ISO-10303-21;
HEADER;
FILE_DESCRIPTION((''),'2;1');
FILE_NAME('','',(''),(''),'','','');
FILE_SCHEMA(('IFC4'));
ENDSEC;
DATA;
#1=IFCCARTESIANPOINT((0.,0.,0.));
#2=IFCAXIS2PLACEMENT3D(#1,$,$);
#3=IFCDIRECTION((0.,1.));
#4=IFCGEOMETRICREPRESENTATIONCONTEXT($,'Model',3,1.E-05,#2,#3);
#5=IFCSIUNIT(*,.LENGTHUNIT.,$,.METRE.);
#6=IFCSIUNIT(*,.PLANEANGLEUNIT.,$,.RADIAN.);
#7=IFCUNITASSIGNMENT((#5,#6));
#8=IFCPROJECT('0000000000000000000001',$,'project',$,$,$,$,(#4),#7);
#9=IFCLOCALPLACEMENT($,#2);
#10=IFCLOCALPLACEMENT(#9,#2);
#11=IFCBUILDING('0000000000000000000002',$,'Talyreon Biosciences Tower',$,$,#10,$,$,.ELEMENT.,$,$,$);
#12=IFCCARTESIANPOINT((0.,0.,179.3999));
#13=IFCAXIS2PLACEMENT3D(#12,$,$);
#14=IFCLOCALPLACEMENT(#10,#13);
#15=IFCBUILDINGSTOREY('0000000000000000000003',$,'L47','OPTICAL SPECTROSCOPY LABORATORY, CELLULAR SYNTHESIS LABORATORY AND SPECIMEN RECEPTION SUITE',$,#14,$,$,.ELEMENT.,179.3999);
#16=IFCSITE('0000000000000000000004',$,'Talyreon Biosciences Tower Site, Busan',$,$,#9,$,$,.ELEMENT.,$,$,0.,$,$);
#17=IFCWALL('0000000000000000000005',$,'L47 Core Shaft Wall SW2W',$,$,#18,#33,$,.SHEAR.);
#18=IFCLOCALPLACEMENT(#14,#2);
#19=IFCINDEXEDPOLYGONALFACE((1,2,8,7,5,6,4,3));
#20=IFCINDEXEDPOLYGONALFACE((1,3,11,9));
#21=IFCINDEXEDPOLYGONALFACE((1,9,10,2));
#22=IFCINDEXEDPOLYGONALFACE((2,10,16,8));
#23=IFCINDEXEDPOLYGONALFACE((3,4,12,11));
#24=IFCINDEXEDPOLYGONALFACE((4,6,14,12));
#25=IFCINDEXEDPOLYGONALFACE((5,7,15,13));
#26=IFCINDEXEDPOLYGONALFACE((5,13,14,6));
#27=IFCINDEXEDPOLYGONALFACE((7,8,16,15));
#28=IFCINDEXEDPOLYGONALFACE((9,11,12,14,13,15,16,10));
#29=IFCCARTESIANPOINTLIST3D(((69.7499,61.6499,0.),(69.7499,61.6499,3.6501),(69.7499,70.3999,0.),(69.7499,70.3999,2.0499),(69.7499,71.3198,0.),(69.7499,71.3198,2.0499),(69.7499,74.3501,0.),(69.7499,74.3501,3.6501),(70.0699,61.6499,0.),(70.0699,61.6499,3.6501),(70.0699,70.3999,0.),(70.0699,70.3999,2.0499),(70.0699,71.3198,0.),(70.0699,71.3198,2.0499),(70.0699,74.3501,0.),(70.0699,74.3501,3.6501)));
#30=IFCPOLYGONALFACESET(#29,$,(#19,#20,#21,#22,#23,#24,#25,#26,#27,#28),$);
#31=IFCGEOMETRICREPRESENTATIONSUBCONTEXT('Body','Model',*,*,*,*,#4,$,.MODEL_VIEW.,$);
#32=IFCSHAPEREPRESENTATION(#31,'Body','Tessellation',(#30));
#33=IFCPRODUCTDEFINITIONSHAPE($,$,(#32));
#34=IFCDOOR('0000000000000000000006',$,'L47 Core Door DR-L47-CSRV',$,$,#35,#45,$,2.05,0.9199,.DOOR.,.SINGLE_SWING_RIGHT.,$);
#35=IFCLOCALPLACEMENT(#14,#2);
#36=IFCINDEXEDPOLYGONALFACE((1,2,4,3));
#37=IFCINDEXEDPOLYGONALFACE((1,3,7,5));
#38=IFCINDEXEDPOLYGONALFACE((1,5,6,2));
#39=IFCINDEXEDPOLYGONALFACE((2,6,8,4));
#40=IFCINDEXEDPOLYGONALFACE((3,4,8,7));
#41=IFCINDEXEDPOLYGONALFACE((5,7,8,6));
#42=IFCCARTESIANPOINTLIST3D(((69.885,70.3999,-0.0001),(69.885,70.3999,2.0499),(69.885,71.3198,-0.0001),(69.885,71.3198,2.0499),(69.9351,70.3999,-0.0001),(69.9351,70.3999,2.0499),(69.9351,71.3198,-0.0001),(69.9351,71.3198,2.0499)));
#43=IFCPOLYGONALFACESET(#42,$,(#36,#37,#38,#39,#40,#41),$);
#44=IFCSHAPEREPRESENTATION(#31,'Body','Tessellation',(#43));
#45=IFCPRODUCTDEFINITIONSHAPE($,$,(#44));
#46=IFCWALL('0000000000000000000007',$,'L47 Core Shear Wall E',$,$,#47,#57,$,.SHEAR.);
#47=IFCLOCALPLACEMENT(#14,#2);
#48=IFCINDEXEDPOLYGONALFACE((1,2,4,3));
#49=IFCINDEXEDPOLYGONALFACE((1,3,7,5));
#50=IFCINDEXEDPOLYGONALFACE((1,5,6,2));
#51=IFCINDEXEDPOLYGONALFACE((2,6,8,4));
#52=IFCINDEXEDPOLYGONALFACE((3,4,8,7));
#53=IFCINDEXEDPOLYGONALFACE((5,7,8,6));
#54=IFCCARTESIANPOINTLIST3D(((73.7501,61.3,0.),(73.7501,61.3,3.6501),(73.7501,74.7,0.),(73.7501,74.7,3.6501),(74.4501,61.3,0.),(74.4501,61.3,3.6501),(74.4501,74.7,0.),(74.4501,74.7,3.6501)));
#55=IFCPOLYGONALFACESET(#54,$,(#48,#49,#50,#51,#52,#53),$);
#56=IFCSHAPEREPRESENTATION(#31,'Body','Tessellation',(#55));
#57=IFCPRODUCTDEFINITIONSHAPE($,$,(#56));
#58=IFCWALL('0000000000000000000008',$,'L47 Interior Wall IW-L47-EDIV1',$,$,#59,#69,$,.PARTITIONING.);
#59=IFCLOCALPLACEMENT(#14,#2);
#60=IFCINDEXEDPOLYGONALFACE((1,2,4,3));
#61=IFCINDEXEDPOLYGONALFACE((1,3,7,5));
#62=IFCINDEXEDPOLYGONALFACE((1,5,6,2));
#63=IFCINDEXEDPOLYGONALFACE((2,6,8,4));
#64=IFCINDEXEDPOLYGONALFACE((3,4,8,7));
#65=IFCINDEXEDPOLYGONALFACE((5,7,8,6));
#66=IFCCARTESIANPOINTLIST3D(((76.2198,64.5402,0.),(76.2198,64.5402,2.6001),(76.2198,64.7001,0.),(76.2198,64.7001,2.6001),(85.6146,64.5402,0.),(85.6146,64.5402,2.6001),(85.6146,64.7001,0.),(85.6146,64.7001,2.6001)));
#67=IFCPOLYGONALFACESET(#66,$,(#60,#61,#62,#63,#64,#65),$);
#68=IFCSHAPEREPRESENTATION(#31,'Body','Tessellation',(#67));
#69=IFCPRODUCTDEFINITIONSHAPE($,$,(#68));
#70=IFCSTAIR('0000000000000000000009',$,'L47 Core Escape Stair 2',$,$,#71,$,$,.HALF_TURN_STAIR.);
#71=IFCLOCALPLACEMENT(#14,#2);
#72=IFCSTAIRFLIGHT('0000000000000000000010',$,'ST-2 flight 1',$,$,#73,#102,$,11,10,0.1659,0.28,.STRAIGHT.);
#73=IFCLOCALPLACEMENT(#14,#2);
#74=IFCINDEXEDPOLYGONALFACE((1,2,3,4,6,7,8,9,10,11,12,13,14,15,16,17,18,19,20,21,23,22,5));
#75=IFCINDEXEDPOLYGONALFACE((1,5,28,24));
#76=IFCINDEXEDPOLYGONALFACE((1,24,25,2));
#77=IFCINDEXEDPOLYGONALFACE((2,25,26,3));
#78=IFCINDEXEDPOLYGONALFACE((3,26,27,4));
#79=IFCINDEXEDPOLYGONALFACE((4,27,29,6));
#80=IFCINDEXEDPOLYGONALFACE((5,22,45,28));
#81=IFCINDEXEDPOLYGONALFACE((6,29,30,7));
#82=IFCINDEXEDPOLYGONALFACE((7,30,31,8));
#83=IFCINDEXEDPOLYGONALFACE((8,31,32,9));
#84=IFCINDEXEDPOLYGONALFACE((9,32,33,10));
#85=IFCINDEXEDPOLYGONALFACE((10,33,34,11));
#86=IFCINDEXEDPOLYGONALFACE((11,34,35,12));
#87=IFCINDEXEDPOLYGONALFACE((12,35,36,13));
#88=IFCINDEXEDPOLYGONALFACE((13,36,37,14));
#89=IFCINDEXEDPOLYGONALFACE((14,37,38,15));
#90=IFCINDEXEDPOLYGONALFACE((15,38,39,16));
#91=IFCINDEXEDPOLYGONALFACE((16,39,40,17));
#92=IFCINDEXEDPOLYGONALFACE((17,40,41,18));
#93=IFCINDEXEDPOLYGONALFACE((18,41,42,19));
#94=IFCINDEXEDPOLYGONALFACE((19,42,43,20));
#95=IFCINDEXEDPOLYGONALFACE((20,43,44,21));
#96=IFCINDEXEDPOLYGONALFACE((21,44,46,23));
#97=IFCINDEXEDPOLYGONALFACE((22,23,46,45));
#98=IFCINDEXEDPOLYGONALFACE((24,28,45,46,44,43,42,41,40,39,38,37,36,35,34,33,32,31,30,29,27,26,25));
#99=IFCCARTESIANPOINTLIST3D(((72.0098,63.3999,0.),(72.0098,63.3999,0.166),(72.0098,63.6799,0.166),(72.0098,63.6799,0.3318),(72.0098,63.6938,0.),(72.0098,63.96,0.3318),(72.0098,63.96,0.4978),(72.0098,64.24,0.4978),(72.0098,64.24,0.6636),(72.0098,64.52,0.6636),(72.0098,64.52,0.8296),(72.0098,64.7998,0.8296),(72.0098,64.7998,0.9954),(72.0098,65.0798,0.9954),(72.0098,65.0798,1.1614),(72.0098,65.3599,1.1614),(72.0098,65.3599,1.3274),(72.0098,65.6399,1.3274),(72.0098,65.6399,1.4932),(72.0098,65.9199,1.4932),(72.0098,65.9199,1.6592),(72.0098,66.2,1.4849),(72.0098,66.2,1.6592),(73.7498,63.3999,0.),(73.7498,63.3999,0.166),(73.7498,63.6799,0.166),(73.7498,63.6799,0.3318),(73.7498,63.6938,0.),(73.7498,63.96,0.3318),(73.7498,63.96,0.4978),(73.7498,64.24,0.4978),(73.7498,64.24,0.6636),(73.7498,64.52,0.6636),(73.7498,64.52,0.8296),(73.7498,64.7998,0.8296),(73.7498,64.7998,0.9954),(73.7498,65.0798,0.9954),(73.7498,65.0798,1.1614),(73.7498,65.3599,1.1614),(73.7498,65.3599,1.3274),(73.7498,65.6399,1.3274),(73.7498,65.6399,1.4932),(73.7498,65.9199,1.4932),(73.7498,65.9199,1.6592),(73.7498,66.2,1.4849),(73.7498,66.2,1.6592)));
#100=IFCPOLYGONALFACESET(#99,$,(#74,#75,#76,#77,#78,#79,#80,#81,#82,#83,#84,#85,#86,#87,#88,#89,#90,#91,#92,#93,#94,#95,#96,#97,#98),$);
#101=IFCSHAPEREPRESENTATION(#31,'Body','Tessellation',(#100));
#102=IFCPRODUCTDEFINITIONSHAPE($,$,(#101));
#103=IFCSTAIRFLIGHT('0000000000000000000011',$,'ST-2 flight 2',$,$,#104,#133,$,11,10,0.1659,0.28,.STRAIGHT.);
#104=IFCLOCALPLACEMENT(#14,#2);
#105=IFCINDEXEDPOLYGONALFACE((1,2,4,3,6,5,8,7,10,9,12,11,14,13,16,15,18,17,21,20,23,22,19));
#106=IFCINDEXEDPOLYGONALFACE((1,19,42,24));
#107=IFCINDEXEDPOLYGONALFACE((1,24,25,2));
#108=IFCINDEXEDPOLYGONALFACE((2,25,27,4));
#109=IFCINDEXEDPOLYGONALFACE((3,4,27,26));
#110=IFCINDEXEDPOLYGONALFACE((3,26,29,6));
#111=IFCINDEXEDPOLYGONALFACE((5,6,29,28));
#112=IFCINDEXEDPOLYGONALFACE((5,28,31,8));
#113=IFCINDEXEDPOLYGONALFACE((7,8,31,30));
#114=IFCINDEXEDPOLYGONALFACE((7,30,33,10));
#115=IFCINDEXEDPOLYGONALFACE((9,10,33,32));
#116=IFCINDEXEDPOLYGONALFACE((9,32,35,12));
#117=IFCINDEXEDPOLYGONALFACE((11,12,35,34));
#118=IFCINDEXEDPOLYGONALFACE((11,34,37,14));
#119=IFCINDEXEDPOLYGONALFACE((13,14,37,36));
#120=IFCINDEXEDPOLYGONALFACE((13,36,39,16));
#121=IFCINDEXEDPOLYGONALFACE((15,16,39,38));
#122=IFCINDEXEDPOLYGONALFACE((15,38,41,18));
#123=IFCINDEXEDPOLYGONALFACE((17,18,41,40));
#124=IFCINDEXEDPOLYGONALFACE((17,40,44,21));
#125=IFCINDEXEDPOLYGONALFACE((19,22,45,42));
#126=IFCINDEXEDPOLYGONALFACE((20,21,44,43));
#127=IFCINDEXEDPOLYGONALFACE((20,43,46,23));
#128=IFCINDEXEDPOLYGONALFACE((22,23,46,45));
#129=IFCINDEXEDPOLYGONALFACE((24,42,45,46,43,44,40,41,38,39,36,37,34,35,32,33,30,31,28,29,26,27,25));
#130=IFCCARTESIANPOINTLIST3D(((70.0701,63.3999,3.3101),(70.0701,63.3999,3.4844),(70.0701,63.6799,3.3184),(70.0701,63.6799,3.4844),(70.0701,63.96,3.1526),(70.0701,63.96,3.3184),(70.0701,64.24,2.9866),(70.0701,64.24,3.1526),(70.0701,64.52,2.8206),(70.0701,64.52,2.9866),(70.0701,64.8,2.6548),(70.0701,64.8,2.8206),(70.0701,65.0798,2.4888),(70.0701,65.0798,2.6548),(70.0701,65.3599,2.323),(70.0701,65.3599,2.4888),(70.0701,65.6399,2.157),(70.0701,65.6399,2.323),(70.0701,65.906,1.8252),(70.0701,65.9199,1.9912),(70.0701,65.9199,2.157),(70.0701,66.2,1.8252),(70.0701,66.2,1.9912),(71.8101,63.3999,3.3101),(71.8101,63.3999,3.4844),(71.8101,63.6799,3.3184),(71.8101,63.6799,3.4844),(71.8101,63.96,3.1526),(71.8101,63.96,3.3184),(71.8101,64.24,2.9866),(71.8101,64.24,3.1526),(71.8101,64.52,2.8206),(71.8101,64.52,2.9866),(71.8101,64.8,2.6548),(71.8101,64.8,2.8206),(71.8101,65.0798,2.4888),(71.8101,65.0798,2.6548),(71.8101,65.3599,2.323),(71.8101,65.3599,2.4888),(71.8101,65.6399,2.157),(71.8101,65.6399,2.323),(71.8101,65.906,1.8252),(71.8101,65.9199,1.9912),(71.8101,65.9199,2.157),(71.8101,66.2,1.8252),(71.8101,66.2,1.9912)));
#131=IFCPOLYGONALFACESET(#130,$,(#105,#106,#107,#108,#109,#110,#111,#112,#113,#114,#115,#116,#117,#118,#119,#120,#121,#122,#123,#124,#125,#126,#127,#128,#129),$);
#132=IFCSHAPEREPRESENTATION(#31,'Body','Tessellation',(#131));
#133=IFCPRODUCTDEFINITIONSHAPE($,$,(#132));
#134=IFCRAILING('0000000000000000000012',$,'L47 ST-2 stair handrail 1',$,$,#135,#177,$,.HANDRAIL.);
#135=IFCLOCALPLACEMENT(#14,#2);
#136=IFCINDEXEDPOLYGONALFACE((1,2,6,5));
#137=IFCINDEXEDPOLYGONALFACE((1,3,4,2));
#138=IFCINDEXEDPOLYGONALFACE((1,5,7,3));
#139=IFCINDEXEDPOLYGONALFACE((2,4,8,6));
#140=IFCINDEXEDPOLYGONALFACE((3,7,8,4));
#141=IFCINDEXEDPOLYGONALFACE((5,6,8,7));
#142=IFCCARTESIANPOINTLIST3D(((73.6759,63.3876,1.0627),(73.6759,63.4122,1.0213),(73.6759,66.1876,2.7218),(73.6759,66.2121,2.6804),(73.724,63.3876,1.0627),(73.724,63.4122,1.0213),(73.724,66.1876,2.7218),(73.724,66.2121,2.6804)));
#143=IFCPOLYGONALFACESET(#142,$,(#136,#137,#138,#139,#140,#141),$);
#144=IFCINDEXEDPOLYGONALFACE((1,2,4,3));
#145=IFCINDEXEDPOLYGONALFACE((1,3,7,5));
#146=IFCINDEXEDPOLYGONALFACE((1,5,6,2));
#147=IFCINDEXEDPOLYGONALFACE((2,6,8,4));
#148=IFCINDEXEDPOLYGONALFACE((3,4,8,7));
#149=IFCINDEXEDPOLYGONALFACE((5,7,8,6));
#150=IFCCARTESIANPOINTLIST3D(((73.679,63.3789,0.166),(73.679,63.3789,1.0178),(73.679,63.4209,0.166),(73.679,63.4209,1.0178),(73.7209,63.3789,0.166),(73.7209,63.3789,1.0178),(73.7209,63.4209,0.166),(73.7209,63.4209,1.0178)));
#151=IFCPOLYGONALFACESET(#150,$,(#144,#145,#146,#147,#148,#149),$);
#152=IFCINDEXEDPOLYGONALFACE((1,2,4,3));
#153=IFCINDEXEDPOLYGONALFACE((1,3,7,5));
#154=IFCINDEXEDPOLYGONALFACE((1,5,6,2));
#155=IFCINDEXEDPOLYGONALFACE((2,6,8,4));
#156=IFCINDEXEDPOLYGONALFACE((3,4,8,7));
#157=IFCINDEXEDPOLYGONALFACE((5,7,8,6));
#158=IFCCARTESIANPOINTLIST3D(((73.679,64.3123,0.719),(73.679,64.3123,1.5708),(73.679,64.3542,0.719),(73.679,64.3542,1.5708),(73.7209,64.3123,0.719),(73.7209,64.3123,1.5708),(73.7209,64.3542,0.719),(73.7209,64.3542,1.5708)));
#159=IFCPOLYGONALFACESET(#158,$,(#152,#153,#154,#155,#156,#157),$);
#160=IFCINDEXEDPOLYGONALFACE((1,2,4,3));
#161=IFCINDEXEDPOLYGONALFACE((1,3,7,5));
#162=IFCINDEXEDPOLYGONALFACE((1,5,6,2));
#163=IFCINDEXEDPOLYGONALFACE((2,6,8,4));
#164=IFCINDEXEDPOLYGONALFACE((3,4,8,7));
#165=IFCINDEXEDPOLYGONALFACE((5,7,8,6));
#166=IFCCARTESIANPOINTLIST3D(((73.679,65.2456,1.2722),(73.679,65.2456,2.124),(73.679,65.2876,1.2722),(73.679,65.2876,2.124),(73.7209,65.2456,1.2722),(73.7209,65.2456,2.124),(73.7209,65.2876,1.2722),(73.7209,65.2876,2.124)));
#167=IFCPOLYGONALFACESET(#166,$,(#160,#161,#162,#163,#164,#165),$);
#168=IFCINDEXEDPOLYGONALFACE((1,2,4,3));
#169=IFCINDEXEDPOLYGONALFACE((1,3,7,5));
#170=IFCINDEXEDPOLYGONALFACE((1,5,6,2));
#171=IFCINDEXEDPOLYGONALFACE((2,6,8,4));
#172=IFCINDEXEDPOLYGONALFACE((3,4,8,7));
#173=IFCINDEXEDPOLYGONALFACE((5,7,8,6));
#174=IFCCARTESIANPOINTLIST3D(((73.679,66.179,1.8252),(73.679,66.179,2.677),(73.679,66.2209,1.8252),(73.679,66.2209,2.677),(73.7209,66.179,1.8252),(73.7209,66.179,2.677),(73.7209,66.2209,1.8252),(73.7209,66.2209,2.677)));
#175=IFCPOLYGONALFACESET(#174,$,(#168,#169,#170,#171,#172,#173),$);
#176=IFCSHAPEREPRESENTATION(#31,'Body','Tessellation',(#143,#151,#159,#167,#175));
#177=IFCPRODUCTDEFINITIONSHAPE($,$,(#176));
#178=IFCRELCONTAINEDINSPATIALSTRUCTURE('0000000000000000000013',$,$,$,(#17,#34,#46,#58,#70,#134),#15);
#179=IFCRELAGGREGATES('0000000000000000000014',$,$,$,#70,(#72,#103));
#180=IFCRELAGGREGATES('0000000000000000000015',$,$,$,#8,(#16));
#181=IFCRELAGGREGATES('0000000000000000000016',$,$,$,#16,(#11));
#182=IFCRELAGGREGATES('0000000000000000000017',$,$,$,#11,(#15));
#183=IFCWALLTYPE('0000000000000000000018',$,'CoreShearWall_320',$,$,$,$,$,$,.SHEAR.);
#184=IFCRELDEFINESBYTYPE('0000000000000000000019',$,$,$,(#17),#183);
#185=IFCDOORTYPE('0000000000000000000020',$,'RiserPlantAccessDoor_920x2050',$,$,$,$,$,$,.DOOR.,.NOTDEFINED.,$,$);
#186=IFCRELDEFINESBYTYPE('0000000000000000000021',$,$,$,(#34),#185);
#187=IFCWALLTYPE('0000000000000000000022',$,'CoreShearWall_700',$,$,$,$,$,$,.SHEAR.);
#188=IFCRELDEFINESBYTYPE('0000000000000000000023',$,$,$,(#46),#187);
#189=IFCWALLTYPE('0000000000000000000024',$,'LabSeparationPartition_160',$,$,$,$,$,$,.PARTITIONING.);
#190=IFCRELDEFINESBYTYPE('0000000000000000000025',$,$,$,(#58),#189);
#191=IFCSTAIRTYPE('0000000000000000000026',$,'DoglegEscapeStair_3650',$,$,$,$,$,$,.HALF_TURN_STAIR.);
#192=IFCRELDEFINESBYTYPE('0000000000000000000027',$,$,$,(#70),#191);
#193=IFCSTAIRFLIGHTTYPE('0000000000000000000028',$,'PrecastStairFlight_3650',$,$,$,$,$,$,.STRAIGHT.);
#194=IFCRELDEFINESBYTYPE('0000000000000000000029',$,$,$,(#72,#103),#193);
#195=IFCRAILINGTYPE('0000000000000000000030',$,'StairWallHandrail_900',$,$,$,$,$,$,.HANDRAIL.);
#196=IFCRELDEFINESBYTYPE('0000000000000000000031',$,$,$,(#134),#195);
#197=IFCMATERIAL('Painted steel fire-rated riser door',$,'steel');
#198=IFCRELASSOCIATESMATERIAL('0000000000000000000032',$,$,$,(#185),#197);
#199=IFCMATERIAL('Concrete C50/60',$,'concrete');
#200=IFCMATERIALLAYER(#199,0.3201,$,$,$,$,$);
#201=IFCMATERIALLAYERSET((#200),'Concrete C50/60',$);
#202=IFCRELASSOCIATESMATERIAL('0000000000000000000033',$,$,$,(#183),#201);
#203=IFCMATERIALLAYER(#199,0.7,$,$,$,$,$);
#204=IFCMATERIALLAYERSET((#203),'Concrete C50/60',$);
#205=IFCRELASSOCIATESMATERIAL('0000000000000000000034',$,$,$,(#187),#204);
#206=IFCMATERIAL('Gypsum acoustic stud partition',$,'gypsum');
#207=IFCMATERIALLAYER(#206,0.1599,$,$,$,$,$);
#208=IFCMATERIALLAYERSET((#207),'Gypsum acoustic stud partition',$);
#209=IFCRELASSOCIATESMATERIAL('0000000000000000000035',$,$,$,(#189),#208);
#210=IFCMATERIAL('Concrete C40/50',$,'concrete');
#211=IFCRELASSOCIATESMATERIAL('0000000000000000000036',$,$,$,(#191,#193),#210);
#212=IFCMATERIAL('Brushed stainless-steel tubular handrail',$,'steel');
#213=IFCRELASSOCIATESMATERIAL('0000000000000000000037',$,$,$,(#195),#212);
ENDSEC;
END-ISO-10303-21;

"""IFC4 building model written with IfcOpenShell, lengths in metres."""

from ifc_helpers import new_model, si_unit, direction, frame, frame_2d, origin, origin_2d, place, context, subcontext, project, spatial, polyline, rectangle, outline, extrude, material, layer, layer_set, type_object, element, fill, aggregate, save


model = new_model("IFC4")

# Units and contexts
model_context = context("Model", 3, precision=1e-05, world=origin(), true_north=direction((0.0, 1.0)))
body_context = subcontext(model_context, "Body", "Model", "MODEL_VIEW")
ifc_project = project(units=[si_unit("LENGTHUNIT", "METRE"), si_unit("PLANEANGLEUNIT", "RADIAN")], contexts=[model_context])

# Site, building, storey
site_placement = place(None, origin())
site = spatial("IfcSite", under=ifc_project, at=site_placement, Name="Talyreon Biosciences Tower Site, Busan", CompositionType="ELEMENT", RefElevation=0.0)
building_placement = place(site_placement, origin())
building = spatial("IfcBuilding", under=site, at=building_placement, Name="Talyreon Biosciences Tower", CompositionType="ELEMENT")
storey_placement = place(building_placement, frame((0.0, 0.0, 179.3999)))
storey = spatial("IfcBuildingStorey", under=building, at=storey_placement, Name="L47", Description="OPTICAL SPECTROSCOPY LABORATORY, CELLULAR SYNTHESIS LABORATORY AND SPECIMEN RECEPTION SUITE", CompositionType="ELEMENT", Elevation=179.3999)

# Shared definitions
ifc_material_1 = material(Name="Concrete C50/60", Category="concrete")

# Wall, opening, door
ifc_material_2 = material(Name="Painted steel fire-rated riser door", Category="steel")
door_type = type_object("IfcDoorType", Name="RiserPlantAccessDoor_920x2050", OperationType="NOTDEFINED", PredefinedType="DOOR", material=ifc_material_2)
ifc_layer_1 = layer(ifc_material_1, 0.3201)
ifc_layer_set_1 = layer_set([ifc_layer_1], Name="Concrete C50/60")
wall_type_1 = type_object("IfcWallType", Name="CoreShearWall_320", PredefinedType="SHEAR", material=ifc_layer_set_1)
wall_1_placement = place(storey_placement, frame((69.9099, 61.6499, 0.0), z_axis=(0.0, 0.0, 1.0), x_axis=(0.0, 1.0, 0.0)))
wall_1 = element("IfcWall", 1, at=wall_1_placement, inside=storey, type_object=wall_type_1, Name="L47 Core Shaft Wall SW2W", PredefinedType="SHEAR", context=body_context, shape_type="SweptSolid", body=[
    extrude(rectangle(XDim=12.7002, YDim=0.3201, at=frame_2d((6.3501, 0.0))), origin(), (0.0, 0.0, 1.0), 3.6501),
])
opening_1_placement = place(wall_1_placement, frame((8.75, 0.0, 0.0)))
opening_1 = element("IfcOpeningElement", 2, at=opening_1_placement, cuts=wall_1, PredefinedType="OPENING", context=body_context, shape_type="SweptSolid", body=[
    extrude(rectangle(XDim=0.9199, YDim=2.05, at=frame_2d((0.46, 1.0249))), frame((0.0, 0.1699, 0.0), z_axis=(0.0, -1.0, 0.0), x_axis=(1.0, 0.0, 0.0)), (0.0, 0.0, 1.0), 0.3401),
])
door_1_placement = place(opening_1_placement, origin())
door_1 = element("IfcDoor", 3, at=door_1_placement, inside=storey, type_object=door_type, Name="L47 Core Door DR-L47-CSRV", OperationType="SINGLE_SWING_RIGHT", OverallHeight=2.05, OverallWidth=0.9199, PredefinedType="DOOR", context=body_context, shape_type="SweptSolid", body=[
    extrude(rectangle(XDim=0.9199, YDim=2.05, at=frame_2d((0.46, 1.0249))), frame((0.0, 0.0249, 0.0), z_axis=(0.0, -1.0, 0.0), x_axis=(1.0, 0.0, 0.0)), (0.0, 0.0, 1.0), 0.05),
])
fill(opening_1, door_1)

# Walls
ifc_layer_2 = layer(ifc_material_1, 0.7)
ifc_layer_set_2 = layer_set([ifc_layer_2], Name="Concrete C50/60")
wall_type_2 = type_object("IfcWallType", Name="CoreShearWall_700", PredefinedType="SHEAR", material=ifc_layer_set_2)
wall_2_placement = place(storey_placement, frame((74.1001, 61.3, 0.0), z_axis=(0.0, 0.0, 1.0), x_axis=(0.0, 1.0, 0.0)))
element("IfcWall", 4, at=wall_2_placement, inside=storey, type_object=wall_type_2, Name="L47 Core Shear Wall E", PredefinedType="SHEAR", context=body_context, shape_type="SweptSolid", body=[
    extrude(rectangle(XDim=13.3999, YDim=0.7, at=frame_2d((6.7, 0.0))), origin(), (0.0, 0.0, 1.0), 3.6501),
])
ifc_material_3 = material(Name="Gypsum acoustic stud partition", Category="gypsum")
ifc_layer_3 = layer(ifc_material_3, 0.1599)
ifc_layer_set_3 = layer_set([ifc_layer_3], Name="Gypsum acoustic stud partition")
wall_type_3 = type_object("IfcWallType", Name="LabSeparationPartition_160", PredefinedType="PARTITIONING", material=ifc_layer_set_3)
wall_3_placement = place(storey_placement, frame((76.22, 64.6201, 0.0), z_axis=(0.0, 0.0, 1.0), x_axis=(1.0, 0.0, 0.0)))
element("IfcWall", 5, at=wall_3_placement, inside=storey, type_object=wall_type_3, Name="L47 Interior Wall IW-L47-EDIV1", PredefinedType="PARTITIONING", context=body_context, shape_type="SweptSolid", body=[
    extrude(rectangle(XDim=9.3948, YDim=0.1599, at=frame_2d((4.6973, 0.0))), origin(), (0.0, 0.0, 1.0), 2.6001),
])

# Stair, stair flights
ifc_material_4 = material(Name="Concrete C40/50", Category="concrete")
stair_type = type_object("IfcStairType", Name="DoglegEscapeStair_3650", PredefinedType="HALF_TURN_STAIR", material=ifc_material_4)
stair_placement = place(storey_placement, origin())
stair = element("IfcStair", 6, at=stair_placement, inside=storey, type_object=stair_type, Name="L47 Core Escape Stair 2", PredefinedType="HALF_TURN_STAIR")
stair_flight_type = type_object("IfcStairFlightType", Name="PrecastStairFlight_3650", PredefinedType="STRAIGHT", material=ifc_material_4)
stair_flight_1_placement = place(storey_placement, frame((72.8799, 63.3999, 0.0), z_axis=(0.0, 0.0, 1.0), x_axis=(0.0, 1.0, 0.0)))
stair_flight_1 = element("IfcStairFlight", 7, at=stair_flight_1_placement, type_object=stair_flight_type, Name="ST-2 flight 1", NumberOfRisers=11, NumberOfTreads=10, PredefinedType="STRAIGHT", RiserHeight=0.1659, TreadLength=0.28, context=body_context, shape_type="SweptSolid", body=[
    extrude(outline(polyline([(0.0, 0.0), (0.0, 0.166), (0.28, 0.166), (0.28, 0.3318), (0.5601, 0.3318), (0.5601, 0.4978), (0.8401, 0.4978), (0.8401, 0.6636), (1.1201, 0.6636), (1.1201, 0.8296), (1.3999, 0.8296), (1.3999, 0.9954), (1.6799, 0.9954), (1.6799, 1.1614), (1.96, 1.1614), (1.96, 1.3274), (2.24, 1.3274), (2.24, 1.4932), (2.52, 1.4932), (2.52, 1.6592), (2.8, 1.6592), (2.8, 1.825), (2.8, 1.4849), (0.2939, 0.0), (0.0, 0.0)])), frame((0.0, 0.8701, 0.0), z_axis=(0.0, -1.0, 0.0), x_axis=(1.0, 0.0, 0.0)), (0.0, 0.0, 1.0), 1.74),
])
stair_flight_2_placement = place(storey_placement, frame((70.9399, 66.2, 1.8252), z_axis=(0.0, 0.0, 1.0), x_axis=(0.0, -1.0, 0.0)))
stair_flight_2 = element("IfcStairFlight", 8, at=stair_flight_2_placement, type_object=stair_flight_type, Name="ST-2 flight 2", NumberOfRisers=11, NumberOfTreads=10, PredefinedType="STRAIGHT", RiserHeight=0.1659, TreadLength=0.28, context=body_context, shape_type="SweptSolid", body=[
    extrude(outline(polyline([(0.0, 0.0), (0.0, 0.166), (0.28, 0.166), (0.28, 0.3318), (0.5601, 0.3318), (0.5601, 0.4978), (0.8401, 0.4978), (0.8401, 0.6636), (1.1201, 0.6636), (1.1201, 0.8296), (1.3999, 0.8296), (1.3999, 0.9954), (1.6799, 0.9954), (1.6799, 1.1614), (1.96, 1.1614), (1.96, 1.3274), (2.24, 1.3274), (2.24, 1.4932), (2.52, 1.4932), (2.52, 1.6592), (2.8, 1.6592), (2.8, 1.825), (2.8, 1.4849), (0.2939, 0.0), (0.0, 0.0)])), frame((0.0, 0.8701, 0.0), z_axis=(0.0, -1.0, 0.0), x_axis=(1.0, 0.0, 0.0)), (0.0, 0.0, 1.0), 1.74),
])
aggregate(stair, [stair_flight_1, stair_flight_2])

# Railing
ifc_material_5 = material(Name="Brushed stainless-steel tubular handrail", Category="steel")
railing_type_1 = type_object("IfcRailingType", Name="StairWallHandrail_900", PredefinedType="HANDRAIL", material=ifc_material_5)
railing_1_placement = place(storey_placement, frame((73.7, 63.3999, 0.166)))
element("IfcRailing", 9, at=railing_1_placement, inside=storey, type_object=railing_type_1, Name="L47 ST-2 stair handrail 1", PredefinedType="HANDRAIL", context=body_context, shape_type="SweptSolid", body=[
    extrude(rectangle(XDim=0.0481, YDim=0.0481, at=origin_2d()), frame((0.0, 0.0, 0.876), z_axis=(0.0, 0.860306, 0.509778), x_axis=(-1.0, 0.0, 0.0)), (0.0, 0.0, 1.0), 3.2546),
    extrude(rectangle(XDim=0.042, YDim=0.042, at=origin_2d()), origin(), (0.0, 0.0, 1.0), 0.8518),
    extrude(rectangle(XDim=0.042, YDim=0.042, at=origin_2d()), frame((0.0, 0.9333, 0.553)), (0.0, 0.0, 1.0), 0.8518),
    extrude(rectangle(XDim=0.042, YDim=0.042, at=origin_2d()), frame((0.0, 1.8667, 1.1062)), (0.0, 0.0, 1.0), 0.8518),
    extrude(rectangle(XDim=0.042, YDim=0.042, at=origin_2d()), frame((0.0, 2.8, 1.6592)), (0.0, 0.0, 1.0), 0.8518),
])

save(model, "model.ifc")
